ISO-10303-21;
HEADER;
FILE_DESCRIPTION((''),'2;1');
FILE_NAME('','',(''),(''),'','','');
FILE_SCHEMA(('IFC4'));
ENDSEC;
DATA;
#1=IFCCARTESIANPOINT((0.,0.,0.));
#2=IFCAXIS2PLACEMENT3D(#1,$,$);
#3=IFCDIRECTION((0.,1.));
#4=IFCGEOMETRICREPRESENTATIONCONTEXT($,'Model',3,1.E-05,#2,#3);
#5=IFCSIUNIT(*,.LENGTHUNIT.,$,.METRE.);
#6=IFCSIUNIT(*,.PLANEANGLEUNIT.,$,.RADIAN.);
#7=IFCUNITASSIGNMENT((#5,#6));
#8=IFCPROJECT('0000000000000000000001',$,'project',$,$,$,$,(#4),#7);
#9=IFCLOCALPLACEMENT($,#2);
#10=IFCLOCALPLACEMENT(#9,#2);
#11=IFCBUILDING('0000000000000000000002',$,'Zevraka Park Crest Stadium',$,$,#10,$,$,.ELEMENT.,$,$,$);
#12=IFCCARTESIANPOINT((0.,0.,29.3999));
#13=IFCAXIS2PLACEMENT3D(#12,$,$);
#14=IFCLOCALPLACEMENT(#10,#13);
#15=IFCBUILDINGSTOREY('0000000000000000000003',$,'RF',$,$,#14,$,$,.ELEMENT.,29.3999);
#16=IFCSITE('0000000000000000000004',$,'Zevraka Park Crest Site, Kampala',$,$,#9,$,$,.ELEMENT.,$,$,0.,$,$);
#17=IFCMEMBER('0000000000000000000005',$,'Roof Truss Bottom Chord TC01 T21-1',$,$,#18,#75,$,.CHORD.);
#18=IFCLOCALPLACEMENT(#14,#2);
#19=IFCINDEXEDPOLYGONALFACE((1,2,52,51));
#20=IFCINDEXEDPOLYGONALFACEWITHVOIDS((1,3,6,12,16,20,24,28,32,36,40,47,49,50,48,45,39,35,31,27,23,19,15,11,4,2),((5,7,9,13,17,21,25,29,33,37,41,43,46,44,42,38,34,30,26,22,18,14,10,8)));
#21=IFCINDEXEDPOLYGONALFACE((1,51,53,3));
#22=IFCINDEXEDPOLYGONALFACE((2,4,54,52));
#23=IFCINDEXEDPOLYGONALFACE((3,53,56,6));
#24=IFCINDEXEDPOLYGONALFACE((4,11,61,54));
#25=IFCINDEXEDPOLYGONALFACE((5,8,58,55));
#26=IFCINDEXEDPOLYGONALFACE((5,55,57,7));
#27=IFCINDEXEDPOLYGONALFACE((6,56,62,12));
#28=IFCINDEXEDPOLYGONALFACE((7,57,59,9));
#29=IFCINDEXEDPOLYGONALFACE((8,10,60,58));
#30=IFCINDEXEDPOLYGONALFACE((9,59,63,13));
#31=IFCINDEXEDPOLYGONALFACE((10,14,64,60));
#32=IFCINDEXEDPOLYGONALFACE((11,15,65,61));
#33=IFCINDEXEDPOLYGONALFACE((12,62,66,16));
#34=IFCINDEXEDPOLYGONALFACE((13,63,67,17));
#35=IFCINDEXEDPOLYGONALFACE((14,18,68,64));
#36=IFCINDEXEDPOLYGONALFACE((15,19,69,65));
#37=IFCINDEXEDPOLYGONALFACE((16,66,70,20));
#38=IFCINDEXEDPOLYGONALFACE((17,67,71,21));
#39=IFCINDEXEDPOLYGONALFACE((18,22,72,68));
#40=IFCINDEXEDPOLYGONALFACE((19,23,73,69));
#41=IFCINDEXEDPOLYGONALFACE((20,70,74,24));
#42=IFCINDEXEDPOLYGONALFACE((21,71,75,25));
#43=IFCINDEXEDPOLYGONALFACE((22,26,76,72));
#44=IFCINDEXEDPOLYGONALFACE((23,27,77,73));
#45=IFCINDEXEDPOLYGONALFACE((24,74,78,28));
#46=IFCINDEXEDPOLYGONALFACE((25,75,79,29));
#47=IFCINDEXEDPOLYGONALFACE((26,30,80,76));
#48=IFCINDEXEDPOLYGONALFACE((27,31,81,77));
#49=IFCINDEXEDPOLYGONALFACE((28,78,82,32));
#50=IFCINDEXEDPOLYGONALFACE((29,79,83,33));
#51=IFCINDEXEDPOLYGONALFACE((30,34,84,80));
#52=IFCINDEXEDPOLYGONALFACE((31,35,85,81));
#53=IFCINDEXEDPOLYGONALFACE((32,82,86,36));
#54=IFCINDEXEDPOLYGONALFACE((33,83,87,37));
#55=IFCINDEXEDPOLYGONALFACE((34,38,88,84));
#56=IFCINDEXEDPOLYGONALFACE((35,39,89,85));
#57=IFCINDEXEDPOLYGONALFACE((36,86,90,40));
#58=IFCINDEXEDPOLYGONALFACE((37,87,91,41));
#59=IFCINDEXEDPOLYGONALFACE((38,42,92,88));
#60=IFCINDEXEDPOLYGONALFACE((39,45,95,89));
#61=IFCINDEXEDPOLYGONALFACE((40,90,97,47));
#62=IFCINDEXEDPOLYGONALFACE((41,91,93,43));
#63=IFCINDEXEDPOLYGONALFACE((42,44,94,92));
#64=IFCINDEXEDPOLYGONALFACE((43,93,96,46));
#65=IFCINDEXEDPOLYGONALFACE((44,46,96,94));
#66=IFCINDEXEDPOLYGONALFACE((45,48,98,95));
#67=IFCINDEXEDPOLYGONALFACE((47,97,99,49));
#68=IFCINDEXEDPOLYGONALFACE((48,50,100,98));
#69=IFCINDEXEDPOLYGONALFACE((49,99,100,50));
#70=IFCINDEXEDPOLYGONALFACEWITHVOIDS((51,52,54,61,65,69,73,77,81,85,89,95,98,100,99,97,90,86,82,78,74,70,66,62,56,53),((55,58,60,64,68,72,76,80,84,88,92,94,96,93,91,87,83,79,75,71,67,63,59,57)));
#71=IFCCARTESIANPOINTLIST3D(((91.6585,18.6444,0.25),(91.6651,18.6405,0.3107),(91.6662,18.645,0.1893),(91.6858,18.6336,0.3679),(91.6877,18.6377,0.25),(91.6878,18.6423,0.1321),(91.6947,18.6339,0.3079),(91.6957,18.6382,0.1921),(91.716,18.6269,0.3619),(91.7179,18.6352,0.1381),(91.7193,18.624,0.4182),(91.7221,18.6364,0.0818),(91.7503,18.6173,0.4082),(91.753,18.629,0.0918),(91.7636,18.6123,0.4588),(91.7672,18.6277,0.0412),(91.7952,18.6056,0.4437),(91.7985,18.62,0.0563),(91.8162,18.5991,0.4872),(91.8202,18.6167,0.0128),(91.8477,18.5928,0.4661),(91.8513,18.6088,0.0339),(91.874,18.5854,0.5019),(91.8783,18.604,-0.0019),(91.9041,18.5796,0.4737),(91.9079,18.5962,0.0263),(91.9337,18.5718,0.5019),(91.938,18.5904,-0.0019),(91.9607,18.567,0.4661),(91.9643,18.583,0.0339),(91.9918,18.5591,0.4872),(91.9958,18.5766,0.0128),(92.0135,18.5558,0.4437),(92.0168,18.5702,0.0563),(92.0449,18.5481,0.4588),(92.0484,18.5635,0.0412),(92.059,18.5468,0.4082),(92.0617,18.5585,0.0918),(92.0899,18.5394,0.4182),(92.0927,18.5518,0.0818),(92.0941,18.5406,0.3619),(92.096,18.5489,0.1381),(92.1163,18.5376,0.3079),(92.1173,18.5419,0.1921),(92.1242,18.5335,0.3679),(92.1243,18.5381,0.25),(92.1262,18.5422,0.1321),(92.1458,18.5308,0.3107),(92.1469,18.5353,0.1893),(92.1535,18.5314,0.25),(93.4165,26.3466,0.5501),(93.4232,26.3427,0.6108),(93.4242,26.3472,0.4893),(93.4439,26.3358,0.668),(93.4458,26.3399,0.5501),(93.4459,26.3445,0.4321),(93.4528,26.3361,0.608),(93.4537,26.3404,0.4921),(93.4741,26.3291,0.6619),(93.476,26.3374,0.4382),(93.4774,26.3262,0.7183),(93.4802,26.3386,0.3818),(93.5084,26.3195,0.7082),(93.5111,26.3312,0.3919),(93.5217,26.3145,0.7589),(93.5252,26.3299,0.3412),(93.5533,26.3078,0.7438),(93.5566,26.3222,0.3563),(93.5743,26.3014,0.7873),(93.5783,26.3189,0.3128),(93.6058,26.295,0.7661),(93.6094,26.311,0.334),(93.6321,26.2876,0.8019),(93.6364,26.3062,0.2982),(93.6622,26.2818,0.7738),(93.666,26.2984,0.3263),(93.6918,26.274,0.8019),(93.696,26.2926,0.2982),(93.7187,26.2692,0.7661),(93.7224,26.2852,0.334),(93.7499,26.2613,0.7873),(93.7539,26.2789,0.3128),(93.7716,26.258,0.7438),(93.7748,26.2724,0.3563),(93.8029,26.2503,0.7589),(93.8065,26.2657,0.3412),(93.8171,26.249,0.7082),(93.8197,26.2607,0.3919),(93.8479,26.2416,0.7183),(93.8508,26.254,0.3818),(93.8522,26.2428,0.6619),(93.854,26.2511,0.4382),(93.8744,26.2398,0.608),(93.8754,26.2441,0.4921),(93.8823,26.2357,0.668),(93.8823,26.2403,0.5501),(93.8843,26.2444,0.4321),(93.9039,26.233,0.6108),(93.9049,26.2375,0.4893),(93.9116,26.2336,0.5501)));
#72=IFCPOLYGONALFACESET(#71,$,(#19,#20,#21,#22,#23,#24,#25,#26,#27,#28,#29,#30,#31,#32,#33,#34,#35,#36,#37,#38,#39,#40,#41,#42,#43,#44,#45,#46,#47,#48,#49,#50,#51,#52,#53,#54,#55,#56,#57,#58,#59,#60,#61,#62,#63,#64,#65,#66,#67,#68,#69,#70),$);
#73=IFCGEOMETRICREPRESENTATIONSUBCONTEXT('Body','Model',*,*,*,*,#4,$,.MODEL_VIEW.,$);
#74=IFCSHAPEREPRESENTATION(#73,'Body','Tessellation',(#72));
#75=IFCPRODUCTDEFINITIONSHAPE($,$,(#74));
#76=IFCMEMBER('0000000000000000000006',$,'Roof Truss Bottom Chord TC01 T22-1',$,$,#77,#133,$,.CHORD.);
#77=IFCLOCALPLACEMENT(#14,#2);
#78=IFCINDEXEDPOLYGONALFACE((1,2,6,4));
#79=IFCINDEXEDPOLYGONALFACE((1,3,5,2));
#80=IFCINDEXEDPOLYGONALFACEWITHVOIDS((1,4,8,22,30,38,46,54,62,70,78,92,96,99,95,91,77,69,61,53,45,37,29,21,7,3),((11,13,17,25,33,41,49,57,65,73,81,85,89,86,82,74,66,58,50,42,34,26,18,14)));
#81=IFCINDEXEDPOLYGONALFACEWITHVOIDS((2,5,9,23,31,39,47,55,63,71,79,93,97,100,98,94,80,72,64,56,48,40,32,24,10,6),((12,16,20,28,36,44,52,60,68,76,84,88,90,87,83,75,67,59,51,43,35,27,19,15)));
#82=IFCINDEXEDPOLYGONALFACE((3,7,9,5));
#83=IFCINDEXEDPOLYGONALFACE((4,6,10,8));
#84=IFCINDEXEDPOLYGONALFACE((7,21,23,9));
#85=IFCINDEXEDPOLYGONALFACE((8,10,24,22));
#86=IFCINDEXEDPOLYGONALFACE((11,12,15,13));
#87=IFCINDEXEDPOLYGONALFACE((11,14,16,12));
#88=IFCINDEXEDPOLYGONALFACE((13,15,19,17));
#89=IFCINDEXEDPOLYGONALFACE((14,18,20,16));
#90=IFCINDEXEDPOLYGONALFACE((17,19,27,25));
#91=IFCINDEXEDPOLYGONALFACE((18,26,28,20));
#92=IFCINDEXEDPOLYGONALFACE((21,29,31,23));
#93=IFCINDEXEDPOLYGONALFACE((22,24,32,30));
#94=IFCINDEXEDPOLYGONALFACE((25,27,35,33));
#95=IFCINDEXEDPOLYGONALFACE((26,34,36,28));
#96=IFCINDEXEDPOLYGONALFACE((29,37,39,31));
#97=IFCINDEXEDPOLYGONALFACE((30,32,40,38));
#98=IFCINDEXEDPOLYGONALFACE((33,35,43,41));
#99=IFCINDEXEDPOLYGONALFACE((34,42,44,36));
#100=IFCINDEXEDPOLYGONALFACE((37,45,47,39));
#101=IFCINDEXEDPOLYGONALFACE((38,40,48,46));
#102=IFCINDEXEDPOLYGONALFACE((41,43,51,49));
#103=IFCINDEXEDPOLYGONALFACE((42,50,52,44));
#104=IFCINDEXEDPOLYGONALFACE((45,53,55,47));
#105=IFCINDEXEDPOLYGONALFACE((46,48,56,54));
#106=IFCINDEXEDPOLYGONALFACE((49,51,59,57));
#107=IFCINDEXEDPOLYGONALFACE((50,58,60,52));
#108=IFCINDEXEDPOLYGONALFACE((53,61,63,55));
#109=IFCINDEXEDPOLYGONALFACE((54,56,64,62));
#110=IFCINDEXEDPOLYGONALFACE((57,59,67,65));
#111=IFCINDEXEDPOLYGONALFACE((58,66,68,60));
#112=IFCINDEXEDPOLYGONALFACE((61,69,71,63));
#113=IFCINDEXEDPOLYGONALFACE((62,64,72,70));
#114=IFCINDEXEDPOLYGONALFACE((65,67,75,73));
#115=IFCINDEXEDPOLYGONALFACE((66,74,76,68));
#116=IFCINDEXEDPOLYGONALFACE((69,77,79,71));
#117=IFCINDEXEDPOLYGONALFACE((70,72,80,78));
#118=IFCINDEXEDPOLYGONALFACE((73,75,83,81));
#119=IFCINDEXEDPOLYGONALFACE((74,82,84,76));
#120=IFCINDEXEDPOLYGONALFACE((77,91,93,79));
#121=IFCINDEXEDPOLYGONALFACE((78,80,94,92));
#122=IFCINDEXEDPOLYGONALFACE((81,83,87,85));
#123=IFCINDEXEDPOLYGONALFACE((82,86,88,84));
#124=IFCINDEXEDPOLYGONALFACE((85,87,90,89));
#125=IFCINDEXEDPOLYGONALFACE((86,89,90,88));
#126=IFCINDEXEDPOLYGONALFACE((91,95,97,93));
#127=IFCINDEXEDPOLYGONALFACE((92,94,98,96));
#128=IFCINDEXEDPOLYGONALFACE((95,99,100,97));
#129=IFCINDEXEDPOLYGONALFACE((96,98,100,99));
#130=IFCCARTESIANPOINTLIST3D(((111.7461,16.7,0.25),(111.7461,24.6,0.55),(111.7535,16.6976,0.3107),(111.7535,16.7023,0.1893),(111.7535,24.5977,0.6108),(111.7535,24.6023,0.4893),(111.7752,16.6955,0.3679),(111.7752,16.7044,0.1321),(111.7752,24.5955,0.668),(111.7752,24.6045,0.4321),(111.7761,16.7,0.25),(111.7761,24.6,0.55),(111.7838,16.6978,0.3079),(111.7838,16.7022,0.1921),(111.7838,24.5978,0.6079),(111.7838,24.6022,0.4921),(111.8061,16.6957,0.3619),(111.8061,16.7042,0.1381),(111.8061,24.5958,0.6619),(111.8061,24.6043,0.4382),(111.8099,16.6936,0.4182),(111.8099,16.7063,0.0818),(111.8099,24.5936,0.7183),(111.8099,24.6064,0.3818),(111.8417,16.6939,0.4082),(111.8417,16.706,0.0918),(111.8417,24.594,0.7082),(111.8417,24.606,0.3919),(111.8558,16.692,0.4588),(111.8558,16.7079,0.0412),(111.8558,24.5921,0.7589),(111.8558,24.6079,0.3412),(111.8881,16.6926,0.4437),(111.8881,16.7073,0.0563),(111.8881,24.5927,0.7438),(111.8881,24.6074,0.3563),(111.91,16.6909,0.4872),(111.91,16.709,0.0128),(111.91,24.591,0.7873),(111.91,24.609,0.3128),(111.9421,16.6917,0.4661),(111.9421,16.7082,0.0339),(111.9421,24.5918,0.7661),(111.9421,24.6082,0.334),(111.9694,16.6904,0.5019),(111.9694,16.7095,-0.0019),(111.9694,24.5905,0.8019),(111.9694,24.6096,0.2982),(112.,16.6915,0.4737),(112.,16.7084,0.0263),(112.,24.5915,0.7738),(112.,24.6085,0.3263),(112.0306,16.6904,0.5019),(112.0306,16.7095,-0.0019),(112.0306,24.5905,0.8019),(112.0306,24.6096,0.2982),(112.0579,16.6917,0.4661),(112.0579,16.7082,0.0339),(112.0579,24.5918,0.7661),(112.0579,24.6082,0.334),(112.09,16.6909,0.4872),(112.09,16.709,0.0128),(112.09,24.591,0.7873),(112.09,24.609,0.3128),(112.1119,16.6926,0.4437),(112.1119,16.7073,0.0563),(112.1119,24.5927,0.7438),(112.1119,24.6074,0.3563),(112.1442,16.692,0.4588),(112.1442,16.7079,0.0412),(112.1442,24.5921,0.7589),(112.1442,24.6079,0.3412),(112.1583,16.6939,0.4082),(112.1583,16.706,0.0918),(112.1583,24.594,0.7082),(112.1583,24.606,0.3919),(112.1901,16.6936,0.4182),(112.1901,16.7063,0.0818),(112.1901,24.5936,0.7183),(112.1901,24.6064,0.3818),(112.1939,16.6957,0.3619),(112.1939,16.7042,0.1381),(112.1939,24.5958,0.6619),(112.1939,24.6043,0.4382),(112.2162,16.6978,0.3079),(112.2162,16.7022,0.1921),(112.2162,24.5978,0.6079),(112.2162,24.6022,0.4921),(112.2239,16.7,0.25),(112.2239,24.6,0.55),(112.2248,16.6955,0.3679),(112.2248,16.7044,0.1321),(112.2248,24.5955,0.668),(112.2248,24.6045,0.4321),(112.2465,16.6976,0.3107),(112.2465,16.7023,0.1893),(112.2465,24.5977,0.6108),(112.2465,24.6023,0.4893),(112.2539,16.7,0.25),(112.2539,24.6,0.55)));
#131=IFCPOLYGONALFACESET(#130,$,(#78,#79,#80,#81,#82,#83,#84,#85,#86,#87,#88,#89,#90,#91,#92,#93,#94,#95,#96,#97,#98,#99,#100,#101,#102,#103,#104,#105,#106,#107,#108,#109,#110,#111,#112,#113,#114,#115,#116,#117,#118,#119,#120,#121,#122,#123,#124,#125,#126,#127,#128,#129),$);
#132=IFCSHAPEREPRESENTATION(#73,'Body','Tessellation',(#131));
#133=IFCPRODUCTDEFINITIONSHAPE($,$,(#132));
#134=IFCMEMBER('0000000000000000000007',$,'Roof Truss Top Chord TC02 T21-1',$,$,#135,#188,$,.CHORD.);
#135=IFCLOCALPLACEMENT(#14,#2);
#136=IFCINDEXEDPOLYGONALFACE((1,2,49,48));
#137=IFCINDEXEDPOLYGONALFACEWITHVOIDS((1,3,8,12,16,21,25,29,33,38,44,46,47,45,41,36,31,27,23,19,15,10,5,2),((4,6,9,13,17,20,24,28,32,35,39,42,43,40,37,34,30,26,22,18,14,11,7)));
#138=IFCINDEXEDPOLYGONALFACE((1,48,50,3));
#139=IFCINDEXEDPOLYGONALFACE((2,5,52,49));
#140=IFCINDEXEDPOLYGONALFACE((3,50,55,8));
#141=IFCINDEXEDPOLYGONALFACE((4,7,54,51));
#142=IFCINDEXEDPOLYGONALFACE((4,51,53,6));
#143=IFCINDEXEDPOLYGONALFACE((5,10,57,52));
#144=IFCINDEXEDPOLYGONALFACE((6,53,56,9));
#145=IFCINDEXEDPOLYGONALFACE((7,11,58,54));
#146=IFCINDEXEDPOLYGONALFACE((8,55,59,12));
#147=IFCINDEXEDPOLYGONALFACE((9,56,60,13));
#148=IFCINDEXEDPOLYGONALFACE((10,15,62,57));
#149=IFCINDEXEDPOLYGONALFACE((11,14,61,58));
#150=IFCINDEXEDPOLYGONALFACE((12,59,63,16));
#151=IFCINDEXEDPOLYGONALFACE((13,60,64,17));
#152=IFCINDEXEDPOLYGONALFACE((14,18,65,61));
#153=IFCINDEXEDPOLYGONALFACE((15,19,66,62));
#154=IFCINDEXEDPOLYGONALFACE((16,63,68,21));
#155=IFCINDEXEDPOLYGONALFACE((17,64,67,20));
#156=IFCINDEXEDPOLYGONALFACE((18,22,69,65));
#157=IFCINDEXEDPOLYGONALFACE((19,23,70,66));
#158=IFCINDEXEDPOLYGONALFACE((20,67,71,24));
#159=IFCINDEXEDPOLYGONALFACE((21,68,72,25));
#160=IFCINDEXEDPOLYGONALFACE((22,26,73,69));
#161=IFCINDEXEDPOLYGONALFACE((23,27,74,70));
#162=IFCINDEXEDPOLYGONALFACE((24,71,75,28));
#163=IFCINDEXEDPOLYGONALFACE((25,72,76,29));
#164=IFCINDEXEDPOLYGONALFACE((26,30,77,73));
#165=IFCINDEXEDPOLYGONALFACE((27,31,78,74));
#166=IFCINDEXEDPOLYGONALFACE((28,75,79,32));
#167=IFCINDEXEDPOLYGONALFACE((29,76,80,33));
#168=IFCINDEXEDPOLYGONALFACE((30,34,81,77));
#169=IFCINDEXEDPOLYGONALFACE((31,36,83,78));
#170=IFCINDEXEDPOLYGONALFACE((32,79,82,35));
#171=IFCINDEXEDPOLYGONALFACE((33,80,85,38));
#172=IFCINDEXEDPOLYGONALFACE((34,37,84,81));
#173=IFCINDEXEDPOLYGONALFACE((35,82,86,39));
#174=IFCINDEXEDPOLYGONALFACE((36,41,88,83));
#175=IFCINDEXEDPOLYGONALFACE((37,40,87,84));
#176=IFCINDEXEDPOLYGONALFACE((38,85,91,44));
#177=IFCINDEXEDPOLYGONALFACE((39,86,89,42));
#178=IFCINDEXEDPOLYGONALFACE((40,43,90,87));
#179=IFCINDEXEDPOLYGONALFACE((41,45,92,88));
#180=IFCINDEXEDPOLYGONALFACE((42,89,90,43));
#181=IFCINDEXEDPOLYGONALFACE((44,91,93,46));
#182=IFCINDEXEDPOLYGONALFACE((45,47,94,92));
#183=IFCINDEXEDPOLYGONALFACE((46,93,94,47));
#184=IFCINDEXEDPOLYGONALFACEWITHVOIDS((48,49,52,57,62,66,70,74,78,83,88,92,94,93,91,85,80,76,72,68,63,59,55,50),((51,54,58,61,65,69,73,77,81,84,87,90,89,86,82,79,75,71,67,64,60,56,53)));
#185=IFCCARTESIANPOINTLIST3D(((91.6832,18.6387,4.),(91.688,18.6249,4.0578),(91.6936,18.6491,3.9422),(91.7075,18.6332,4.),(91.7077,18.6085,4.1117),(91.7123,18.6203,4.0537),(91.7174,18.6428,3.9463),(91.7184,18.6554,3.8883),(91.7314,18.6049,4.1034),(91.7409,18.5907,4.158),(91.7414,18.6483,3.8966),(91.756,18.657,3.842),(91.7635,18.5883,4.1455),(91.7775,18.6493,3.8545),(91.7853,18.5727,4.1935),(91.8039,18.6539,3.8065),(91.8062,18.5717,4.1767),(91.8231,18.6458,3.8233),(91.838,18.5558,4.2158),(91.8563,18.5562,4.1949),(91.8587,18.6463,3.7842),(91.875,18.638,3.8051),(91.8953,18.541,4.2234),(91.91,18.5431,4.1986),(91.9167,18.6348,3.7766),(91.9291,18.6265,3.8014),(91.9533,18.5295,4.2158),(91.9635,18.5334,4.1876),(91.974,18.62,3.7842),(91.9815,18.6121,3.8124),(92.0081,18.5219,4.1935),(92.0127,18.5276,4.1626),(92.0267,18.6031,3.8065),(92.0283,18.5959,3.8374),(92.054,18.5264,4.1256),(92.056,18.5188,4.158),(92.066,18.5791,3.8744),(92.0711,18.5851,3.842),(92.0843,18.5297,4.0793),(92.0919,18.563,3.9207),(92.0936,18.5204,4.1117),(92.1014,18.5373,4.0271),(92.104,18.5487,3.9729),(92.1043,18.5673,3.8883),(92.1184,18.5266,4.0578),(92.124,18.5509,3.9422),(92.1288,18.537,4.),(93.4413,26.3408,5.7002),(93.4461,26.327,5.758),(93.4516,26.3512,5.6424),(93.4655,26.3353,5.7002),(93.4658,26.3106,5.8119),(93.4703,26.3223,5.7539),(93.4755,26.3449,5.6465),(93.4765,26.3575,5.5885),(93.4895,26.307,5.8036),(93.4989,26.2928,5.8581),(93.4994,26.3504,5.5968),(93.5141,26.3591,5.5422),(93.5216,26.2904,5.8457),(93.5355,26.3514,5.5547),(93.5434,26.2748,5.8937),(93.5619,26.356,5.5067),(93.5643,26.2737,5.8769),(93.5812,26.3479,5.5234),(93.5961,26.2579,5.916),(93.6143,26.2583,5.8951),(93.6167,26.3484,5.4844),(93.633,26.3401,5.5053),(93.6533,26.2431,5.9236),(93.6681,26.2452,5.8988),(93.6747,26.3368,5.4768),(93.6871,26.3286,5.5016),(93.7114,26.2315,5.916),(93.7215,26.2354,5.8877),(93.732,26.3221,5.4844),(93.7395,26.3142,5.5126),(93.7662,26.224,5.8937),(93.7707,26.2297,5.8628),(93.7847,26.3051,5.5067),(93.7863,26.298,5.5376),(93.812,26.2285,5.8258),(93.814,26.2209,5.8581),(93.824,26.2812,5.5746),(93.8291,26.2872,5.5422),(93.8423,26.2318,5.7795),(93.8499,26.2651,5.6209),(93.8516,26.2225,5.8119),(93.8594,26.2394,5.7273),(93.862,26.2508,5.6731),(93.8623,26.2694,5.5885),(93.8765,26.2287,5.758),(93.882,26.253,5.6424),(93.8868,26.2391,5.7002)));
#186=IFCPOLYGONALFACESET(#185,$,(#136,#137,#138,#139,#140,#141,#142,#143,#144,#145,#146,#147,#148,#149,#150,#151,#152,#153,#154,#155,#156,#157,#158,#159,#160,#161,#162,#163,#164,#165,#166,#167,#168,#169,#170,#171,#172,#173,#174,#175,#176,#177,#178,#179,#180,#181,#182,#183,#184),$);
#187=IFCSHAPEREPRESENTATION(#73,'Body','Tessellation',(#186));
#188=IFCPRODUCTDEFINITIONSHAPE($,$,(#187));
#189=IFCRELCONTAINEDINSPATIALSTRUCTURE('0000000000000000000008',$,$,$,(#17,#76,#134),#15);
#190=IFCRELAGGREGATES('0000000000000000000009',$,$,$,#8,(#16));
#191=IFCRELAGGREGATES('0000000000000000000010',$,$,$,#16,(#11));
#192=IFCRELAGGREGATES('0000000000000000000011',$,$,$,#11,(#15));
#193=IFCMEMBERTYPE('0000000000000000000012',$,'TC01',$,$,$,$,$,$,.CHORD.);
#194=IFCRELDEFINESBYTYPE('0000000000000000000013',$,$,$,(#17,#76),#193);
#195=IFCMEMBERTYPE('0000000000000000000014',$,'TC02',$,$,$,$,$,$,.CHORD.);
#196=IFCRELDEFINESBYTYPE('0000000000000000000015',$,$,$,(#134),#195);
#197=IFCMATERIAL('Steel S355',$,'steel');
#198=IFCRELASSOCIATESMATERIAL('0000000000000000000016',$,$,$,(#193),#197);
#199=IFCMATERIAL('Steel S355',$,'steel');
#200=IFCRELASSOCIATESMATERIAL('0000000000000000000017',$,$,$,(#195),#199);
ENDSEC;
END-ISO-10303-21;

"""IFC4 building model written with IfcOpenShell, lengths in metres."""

from ifc_helpers import new_model, si_unit, direction, frame, origin, origin_2d, place, context, subcontext, project, spatial, hollow_circle, extrude, material, material_profile, profile_set, type_object, element, save


model = new_model("IFC4")

# Units and contexts
model_context = context("Model", 3, precision=1e-05, world=origin(), true_north=direction((0.0, 1.0)))
body_context = subcontext(model_context, "Body", "Model", "MODEL_VIEW")
ifc_project = project(units=[si_unit("LENGTHUNIT", "METRE"), si_unit("PLANEANGLEUNIT", "RADIAN")], contexts=[model_context])

# Site, building, storey
site_placement = place(None, origin())
site = spatial("IfcSite", under=ifc_project, at=site_placement, Name="Zevraka Park Crest Site, Kampala", CompositionType="ELEMENT", RefElevation=0.0)
building_placement = place(site_placement, origin())
building = spatial("IfcBuilding", under=site, at=building_placement, Name="Zevraka Park Crest Stadium", CompositionType="ELEMENT")
storey_placement = place(building_placement, frame((0.0, 0.0, 29.3999)))
storey = spatial("IfcBuildingStorey", under=building, at=storey_placement, Name="RF", CompositionType="ELEMENT", Elevation=29.3999)

# Members
ifc_material_1 = material(Name="Steel S355", Category="steel")
ifc_material_profile_1 = material_profile(ifc_material_1, hollow_circle(Radius=0.2539, WallThickness=0.03, at=origin_2d()), Name="CHS 508.0x30")
ifc_profile_set_1 = profile_set([ifc_material_profile_1], Name="Steel S355")
member_type_1 = type_object("IfcMemberType", Name="TC01", PredefinedType="CHORD", material=ifc_profile_set_1)
member_1_placement = place(storey_placement, frame((91.906, 18.5879, 0.25), z_axis=(0.222372, 0.974223, 0.037952), x_axis=(-0.974925, 0.222532, 0.0)))
element("IfcMember", 1, at=member_1_placement, inside=storey, type_object=member_type_1, Name="Roof Truss Bottom Chord TC01 T21-1", PredefinedType="CHORD", context=body_context, shape_type="SweptSolid", body=[
    extrude(hollow_circle(Radius=0.2539, WallThickness=0.03, at=origin_2d()), origin(), (0.0, 0.0, 1.0), 7.906),
])
member_2_placement = place(storey_placement, frame((112.0, 16.7, 0.25), z_axis=(0.0, 0.99928, 0.037953), x_axis=(-1.0, 0.0, 0.0)))
element("IfcMember", 2, at=member_2_placement, inside=storey, type_object=member_type_1, Name="Roof Truss Bottom Chord TC01 T22-1", PredefinedType="CHORD", context=body_context, shape_type="SweptSolid", body=[
    extrude(hollow_circle(Radius=0.2539, WallThickness=0.03, at=origin_2d()), origin(), (0.0, 0.0, 1.0), 7.9058),
])
ifc_material_2 = material(Name="Steel S355", Category="steel")
ifc_material_profile_2 = material_profile(ifc_material_2, hollow_circle(Radius=0.2285, WallThickness=0.0249, at=origin_2d()), Name="CHS 457.0x25")
ifc_profile_set_2 = profile_set([ifc_material_profile_2], Name="Steel S355")
member_type_2 = type_object("IfcMemberType", Name="TC02", PredefinedType="CHORD", material=ifc_profile_set_2)
for number, where, z_axis, x_axis, name in (
    (3, (91.906, 18.5879, 4.0), (0.217551, 0.953104, 0.210391), (-0.974925, 0.222532, 0.0), "Roof Truss Top Chord TC02 T21-1"),
):
    element("IfcMember", number, at=place(storey_placement, frame(where, z_axis=z_axis, x_axis=x_axis)), inside=storey, type_object=member_type_2, Name=name, PredefinedType="CHORD", context=body_context, shape_type="SweptSolid", body=[
        extrude(hollow_circle(Radius=0.2285, WallThickness=0.0249, at=origin_2d()), origin(), (0.0, 0.0, 1.0), 8.0811),
    ])

save(model, "model.ifc")
